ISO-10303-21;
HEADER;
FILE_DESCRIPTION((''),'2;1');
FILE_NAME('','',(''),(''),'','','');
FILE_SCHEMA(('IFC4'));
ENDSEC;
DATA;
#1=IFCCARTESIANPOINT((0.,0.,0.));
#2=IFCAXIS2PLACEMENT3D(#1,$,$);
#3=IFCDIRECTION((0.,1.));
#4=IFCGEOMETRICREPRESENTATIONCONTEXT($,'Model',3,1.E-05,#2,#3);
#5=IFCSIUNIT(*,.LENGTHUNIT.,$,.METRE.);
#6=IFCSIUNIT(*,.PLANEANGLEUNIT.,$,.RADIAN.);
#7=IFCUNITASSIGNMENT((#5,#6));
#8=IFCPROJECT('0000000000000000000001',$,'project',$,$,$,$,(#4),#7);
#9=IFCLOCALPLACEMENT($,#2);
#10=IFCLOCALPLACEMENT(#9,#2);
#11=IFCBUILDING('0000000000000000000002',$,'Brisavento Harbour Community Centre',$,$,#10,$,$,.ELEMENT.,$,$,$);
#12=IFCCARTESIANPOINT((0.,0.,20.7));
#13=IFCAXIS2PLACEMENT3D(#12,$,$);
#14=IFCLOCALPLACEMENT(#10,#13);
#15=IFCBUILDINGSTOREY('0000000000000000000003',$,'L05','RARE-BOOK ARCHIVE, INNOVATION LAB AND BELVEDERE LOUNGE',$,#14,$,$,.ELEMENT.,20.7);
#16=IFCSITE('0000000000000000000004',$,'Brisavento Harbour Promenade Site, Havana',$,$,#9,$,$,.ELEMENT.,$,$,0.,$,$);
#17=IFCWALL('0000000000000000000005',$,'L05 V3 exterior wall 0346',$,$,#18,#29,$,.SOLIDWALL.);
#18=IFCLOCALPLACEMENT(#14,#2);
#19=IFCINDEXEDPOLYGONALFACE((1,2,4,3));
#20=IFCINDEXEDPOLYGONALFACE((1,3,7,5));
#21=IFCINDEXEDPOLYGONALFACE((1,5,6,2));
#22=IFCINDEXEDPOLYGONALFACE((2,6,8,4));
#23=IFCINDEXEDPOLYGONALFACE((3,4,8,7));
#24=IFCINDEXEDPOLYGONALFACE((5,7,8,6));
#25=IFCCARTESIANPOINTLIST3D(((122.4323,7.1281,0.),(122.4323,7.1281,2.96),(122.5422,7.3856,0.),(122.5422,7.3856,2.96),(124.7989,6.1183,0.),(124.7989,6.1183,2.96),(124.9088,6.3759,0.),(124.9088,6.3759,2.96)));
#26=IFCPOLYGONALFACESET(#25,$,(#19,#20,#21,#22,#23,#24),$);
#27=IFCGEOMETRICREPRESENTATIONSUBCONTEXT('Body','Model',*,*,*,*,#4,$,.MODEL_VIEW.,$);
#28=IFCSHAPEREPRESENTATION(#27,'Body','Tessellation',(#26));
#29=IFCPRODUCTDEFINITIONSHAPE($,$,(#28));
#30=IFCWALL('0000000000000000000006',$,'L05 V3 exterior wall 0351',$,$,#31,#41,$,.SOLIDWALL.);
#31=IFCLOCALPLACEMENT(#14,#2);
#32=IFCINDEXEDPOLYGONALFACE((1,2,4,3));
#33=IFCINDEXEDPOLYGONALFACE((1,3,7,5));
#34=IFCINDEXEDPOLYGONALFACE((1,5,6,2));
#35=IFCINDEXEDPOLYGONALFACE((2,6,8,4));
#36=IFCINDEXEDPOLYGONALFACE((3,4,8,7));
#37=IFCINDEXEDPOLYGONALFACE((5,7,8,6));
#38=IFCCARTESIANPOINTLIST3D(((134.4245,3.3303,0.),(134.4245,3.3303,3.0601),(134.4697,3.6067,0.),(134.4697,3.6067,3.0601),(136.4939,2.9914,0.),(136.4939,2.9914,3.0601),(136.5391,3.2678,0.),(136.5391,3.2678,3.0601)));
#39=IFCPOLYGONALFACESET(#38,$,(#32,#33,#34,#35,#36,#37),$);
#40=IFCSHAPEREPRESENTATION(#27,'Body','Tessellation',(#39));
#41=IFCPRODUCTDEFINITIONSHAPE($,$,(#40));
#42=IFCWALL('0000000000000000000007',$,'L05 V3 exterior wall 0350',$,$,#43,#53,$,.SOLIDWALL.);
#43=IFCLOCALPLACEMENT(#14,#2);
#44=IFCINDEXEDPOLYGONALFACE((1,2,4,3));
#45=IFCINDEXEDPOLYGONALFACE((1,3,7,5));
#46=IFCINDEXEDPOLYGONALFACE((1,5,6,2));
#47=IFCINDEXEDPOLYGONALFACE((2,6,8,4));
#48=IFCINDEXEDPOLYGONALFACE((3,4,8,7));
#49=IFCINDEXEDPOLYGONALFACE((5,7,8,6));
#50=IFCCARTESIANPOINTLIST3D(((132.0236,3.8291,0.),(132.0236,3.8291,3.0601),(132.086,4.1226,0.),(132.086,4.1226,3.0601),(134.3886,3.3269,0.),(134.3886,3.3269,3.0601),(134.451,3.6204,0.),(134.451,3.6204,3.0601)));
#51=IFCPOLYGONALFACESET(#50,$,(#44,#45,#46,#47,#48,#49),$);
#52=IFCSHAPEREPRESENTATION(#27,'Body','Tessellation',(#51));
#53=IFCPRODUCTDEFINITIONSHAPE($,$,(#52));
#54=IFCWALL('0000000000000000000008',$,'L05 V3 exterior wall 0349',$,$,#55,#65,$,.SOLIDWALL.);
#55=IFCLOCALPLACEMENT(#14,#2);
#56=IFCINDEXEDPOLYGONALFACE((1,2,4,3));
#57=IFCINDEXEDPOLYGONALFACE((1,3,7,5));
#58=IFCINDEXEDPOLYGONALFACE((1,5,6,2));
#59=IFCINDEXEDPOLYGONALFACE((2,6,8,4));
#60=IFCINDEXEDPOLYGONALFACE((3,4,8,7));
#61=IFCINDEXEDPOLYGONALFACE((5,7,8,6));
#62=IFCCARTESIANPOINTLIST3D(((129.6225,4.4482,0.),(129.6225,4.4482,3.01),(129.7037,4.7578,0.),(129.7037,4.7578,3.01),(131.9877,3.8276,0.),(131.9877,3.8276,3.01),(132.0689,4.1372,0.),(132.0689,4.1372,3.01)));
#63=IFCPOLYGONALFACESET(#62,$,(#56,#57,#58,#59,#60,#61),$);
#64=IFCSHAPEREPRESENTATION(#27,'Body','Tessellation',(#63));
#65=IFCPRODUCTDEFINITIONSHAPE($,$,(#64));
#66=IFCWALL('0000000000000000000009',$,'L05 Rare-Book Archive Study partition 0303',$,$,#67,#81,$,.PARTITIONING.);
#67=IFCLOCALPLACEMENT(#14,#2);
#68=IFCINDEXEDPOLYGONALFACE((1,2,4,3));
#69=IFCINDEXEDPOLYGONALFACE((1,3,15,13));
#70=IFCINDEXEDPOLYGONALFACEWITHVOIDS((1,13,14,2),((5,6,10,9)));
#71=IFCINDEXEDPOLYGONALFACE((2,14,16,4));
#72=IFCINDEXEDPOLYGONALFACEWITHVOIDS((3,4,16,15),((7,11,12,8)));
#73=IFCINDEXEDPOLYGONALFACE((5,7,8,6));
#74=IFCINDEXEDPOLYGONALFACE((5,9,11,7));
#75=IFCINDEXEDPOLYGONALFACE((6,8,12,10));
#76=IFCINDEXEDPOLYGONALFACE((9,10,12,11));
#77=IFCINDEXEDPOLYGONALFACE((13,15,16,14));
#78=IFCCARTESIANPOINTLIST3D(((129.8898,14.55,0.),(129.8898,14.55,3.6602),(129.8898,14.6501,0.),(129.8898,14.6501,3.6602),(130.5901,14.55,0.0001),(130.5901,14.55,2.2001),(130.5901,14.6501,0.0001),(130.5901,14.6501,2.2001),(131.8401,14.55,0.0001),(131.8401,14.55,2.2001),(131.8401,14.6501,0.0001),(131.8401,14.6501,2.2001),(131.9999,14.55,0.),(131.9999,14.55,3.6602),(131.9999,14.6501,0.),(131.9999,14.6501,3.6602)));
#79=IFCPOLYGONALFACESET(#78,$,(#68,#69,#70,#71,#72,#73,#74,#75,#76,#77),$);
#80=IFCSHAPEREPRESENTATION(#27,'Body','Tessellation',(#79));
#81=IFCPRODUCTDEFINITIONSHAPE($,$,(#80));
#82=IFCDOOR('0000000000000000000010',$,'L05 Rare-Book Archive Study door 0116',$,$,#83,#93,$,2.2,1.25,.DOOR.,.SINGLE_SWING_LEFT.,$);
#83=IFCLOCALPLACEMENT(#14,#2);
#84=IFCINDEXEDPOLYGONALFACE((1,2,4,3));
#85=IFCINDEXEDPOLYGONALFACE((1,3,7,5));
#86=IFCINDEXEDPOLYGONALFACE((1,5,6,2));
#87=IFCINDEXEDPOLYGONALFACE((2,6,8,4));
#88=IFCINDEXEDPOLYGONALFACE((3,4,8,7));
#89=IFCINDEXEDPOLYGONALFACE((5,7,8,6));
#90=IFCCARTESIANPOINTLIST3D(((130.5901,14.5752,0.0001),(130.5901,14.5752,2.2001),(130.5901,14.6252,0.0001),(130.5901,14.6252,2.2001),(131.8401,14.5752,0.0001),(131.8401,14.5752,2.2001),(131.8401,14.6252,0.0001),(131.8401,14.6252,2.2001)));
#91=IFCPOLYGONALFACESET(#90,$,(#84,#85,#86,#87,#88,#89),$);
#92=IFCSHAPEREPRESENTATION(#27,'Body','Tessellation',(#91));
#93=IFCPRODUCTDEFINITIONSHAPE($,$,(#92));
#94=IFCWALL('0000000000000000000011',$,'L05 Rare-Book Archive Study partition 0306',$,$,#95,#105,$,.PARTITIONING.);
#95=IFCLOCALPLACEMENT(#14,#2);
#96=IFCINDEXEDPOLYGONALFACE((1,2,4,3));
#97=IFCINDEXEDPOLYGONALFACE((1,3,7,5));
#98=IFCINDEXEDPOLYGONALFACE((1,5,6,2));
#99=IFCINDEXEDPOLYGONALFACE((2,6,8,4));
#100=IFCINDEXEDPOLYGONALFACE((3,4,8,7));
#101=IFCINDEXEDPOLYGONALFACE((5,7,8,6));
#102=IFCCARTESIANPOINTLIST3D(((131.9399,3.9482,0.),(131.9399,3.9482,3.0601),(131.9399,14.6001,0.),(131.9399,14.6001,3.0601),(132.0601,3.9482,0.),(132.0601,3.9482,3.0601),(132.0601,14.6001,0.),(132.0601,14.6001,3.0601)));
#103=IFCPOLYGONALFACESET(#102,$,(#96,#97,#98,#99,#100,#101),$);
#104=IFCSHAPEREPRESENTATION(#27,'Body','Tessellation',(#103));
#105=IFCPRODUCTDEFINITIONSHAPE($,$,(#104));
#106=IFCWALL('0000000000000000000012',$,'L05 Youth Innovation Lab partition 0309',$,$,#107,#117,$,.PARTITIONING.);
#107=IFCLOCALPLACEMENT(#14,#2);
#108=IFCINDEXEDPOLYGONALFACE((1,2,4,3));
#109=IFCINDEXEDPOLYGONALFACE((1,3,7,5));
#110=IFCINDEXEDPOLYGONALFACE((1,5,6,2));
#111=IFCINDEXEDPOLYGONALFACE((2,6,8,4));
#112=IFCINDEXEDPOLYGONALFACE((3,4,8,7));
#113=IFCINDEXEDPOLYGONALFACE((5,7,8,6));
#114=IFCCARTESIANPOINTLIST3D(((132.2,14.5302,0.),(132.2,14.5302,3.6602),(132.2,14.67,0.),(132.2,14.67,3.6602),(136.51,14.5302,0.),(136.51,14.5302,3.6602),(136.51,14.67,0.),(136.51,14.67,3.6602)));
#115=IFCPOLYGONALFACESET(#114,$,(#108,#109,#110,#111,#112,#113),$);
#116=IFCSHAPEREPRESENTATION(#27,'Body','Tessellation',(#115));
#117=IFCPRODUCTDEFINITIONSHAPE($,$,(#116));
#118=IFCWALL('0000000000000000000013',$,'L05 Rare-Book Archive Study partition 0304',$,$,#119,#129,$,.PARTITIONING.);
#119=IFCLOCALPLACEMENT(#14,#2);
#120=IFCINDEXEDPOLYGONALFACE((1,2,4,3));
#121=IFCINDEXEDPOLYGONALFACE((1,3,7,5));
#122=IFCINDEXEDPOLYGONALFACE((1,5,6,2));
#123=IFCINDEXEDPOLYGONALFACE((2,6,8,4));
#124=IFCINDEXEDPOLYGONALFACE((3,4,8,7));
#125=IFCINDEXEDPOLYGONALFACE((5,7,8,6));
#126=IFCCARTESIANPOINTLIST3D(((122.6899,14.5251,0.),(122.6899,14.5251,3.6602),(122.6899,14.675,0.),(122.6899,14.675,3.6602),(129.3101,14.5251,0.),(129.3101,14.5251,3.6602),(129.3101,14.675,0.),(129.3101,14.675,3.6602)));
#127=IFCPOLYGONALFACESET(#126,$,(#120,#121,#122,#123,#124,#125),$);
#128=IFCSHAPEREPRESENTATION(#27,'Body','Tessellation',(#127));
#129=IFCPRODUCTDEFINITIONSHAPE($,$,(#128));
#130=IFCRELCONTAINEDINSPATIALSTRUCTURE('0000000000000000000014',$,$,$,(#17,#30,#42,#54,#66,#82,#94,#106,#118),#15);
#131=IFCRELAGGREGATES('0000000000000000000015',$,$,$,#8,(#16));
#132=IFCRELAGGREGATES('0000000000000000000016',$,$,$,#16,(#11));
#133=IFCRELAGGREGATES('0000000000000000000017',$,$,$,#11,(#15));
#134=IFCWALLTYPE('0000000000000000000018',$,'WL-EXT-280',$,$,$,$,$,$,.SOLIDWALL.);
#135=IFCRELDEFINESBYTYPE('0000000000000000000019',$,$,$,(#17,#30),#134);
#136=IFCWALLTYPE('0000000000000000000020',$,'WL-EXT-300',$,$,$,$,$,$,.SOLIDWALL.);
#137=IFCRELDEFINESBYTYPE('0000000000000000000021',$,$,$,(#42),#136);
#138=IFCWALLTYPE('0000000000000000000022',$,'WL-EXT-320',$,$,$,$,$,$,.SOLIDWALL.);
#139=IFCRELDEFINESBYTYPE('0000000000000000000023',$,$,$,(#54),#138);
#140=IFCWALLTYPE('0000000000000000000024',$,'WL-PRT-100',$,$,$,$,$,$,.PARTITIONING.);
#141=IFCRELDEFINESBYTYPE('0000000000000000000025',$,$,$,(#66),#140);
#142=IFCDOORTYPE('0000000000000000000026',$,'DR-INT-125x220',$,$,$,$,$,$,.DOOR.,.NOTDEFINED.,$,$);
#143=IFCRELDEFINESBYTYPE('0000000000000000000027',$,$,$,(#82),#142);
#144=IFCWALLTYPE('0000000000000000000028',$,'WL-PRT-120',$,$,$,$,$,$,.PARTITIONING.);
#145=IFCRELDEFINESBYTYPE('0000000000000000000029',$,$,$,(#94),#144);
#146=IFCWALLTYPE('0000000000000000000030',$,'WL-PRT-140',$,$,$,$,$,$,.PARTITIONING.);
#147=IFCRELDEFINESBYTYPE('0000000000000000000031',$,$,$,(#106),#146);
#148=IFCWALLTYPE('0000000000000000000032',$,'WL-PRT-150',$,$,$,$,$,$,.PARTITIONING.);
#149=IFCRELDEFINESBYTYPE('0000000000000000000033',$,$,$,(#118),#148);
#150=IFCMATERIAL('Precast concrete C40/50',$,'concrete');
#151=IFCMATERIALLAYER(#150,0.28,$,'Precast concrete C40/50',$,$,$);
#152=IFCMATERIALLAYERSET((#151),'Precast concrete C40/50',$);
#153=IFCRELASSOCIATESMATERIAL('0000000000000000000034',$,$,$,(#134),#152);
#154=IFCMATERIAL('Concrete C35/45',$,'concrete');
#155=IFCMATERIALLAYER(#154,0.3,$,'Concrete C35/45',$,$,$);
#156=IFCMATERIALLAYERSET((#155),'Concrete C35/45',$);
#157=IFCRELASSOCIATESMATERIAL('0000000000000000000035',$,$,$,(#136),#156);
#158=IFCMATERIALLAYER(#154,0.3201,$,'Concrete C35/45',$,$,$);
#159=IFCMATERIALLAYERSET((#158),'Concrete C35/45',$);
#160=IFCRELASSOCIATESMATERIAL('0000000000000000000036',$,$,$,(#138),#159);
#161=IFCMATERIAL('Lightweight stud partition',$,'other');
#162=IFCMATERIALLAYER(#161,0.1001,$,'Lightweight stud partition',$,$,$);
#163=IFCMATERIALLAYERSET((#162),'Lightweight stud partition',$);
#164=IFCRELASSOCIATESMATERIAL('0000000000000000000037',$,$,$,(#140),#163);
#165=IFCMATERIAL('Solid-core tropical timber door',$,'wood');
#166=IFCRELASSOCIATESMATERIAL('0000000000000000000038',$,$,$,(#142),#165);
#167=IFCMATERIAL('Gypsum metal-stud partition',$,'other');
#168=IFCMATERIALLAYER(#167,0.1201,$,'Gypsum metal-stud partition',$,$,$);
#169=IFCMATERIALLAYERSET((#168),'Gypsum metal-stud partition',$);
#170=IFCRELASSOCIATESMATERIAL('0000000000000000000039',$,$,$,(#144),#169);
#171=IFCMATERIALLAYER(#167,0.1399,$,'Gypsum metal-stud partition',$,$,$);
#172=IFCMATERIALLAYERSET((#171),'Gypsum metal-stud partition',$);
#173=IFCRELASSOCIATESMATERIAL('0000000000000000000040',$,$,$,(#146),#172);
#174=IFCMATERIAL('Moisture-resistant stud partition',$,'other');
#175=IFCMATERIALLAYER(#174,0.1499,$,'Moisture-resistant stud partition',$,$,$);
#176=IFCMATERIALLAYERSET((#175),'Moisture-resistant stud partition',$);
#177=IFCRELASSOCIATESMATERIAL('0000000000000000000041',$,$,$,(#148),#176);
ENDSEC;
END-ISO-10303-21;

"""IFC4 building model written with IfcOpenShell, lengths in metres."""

from ifc_helpers import new_model, si_unit, direction, frame, frame_2d, origin, place, context, subcontext, project, spatial, rectangle, extrude, material, layer, layer_set, type_object, element, fill, save


model = new_model("IFC4")

# Units and contexts
model_context = context("Model", 3, precision=1e-05, world=origin(), true_north=direction((0.0, 1.0)))
body_context = subcontext(model_context, "Body", "Model", "MODEL_VIEW")
ifc_project = project(units=[si_unit("LENGTHUNIT", "METRE"), si_unit("PLANEANGLEUNIT", "RADIAN")], contexts=[model_context])

# Site, building, storey
site_placement = place(None, origin())
site = spatial("IfcSite", under=ifc_project, at=site_placement, Name="Brisavento Harbour Promenade Site, Havana", CompositionType="ELEMENT", RefElevation=0.0)
building_placement = place(site_placement, origin())
building = spatial("IfcBuilding", under=site, at=building_placement, Name="Brisavento Harbour Community Centre", CompositionType="ELEMENT")
storey_placement = place(building_placement, frame((0.0, 0.0, 20.7)))
storey = spatial("IfcBuildingStorey", under=building, at=storey_placement, Name="L05", Description="RARE-BOOK ARCHIVE, INNOVATION LAB AND BELVEDERE LOUNGE", CompositionType="ELEMENT", Elevation=20.7)

# Shared definitions
ifc_material_1 = material(Name="Concrete C35/45", Category="concrete")

# Walls
ifc_material_2 = material(Name="Precast concrete C40/50", Category="concrete")
ifc_layer_1 = layer(ifc_material_2, 0.28, Name="Precast concrete C40/50")
ifc_layer_set_1 = layer_set([ifc_layer_1], Name="Precast concrete C40/50")
wall_type_1 = type_object("IfcWallType", Name="WL-EXT-280", PredefinedType="SOLIDWALL", material=ifc_layer_set_1)
wall_1_placement = place(storey_placement, frame((124.854, 6.2471, 0.0), z_axis=(0.0, 0.0, 1.0), x_axis=(-0.919782, 0.39243, 0.0)))
element("IfcWall", 1, at=wall_1_placement, inside=storey, type_object=wall_type_1, Name="L05 V3 exterior wall 0346", PredefinedType="SOLIDWALL", context=body_context, shape_type="SweptSolid", body=[
    extrude(rectangle(XDim=2.573, YDim=0.28, at=frame_2d((1.2866, 0.0))), origin(), (0.0, 0.0, 1.0), 2.96),
])
wall_2_placement = place(storey_placement, frame((136.5164, 3.1296, 0.0), z_axis=(0.0, 0.0, 1.0), x_axis=(-0.986856, 0.161604, 0.0)))
element("IfcWall", 2, at=wall_2_placement, inside=storey, type_object=wall_type_1, Name="L05 V3 exterior wall 0351", PredefinedType="SOLIDWALL", context=body_context, shape_type="SweptSolid", body=[
    extrude(rectangle(XDim=2.0969, YDim=0.28, at=frame_2d((1.0483, 0.0))), origin(), (0.0, 0.0, 1.0), 3.0601),
])
ifc_layer_2 = layer(ifc_material_1, 0.3, Name="Concrete C35/45")
ifc_layer_set_2 = layer_set([ifc_layer_2], Name="Concrete C35/45")
wall_type_2 = type_object("IfcWallType", Name="WL-EXT-300", PredefinedType="SOLIDWALL", material=ifc_layer_set_2)
wall_3_placement = place(storey_placement, frame((134.4199, 3.4736, 0.0), z_axis=(0.0, 0.0, 1.0), x_axis=(-0.978189, 0.207715, 0.0)))
element("IfcWall", 3, at=wall_3_placement, inside=storey, type_object=wall_type_2, Name="L05 V3 exterior wall 0350", PredefinedType="SOLIDWALL", context=body_context, shape_type="SweptSolid", body=[
    extrude(rectangle(XDim=2.4177, YDim=0.3, at=frame_2d((1.209, 0.0))), origin(), (0.0, 0.0, 1.0), 3.0601),
])
ifc_layer_3 = layer(ifc_material_1, 0.3201, Name="Concrete C35/45")
ifc_layer_set_3 = layer_set([ifc_layer_3], Name="Concrete C35/45")
wall_type_3 = type_object("IfcWallType", Name="WL-EXT-320", PredefinedType="SOLIDWALL", material=ifc_layer_set_3)
wall_4_placement = place(storey_placement, frame((132.0283, 3.9824, 0.0), z_axis=(0.0, 0.0, 1.0), x_axis=(-0.967258, 0.253795, 0.0)))
element("IfcWall", 4, at=wall_4_placement, inside=storey, type_object=wall_type_3, Name="L05 V3 exterior wall 0349", PredefinedType="SOLIDWALL", context=body_context, shape_type="SweptSolid", body=[
    extrude(rectangle(XDim=2.4453, YDim=0.3201, at=frame_2d((1.2227, 0.0))), origin(), (0.0, 0.0, 1.0), 3.01),
])

# Wall, opening, door
ifc_material_3 = material(Name="Lightweight stud partition", Category="other")
ifc_layer_4 = layer(ifc_material_3, 0.1001, Name="Lightweight stud partition")
ifc_layer_set_4 = layer_set([ifc_layer_4], Name="Lightweight stud partition")
wall_type_4 = type_object("IfcWallType", Name="WL-PRT-100", PredefinedType="PARTITIONING", material=ifc_layer_set_4)
wall_5_placement = place(storey_placement, frame((132.0, 14.6001, 0.0), z_axis=(0.0, 0.0, 1.0), x_axis=(-1.0, 0.0, 0.0)))
wall_5 = element("IfcWall", 5, at=wall_5_placement, inside=storey, type_object=wall_type_4, Name="L05 Rare-Book Archive Study partition 0303", PredefinedType="PARTITIONING", context=body_context, shape_type="SweptSolid", body=[
    extrude(rectangle(XDim=2.1101, YDim=0.1001, at=frame_2d((1.0552, 0.0))), origin(), (0.0, 0.0, 1.0), 3.6602),
])
opening_placement = place(wall_5_placement, frame((0.1599, 0.0, 0.0)))
opening = element("IfcOpeningElement", 6, at=opening_placement, cuts=wall_5, PredefinedType="OPENING", context=body_context, shape_type="SweptSolid", body=[
    extrude(rectangle(XDim=1.25, YDim=2.2, at=frame_2d((0.625, 1.1001))), frame((0.0, 0.0601, 0.0), z_axis=(0.0, -1.0, 0.0), x_axis=(1.0, 0.0, 0.0)), (0.0, 0.0, 1.0), 0.1201),
])
ifc_material_4 = material(Name="Solid-core tropical timber door", Category="wood")
door_type = type_object("IfcDoorType", Name="DR-INT-125x220", OperationType="NOTDEFINED", PredefinedType="DOOR", material=ifc_material_4)
door_placement = place(opening_placement, origin())
door = element("IfcDoor", 7, at=door_placement, inside=storey, type_object=door_type, Name="L05 Rare-Book Archive Study door 0116", OperationType="SINGLE_SWING_LEFT", OverallHeight=2.2, OverallWidth=1.25, PredefinedType="DOOR", context=body_context, shape_type="SweptSolid", body=[
    extrude(rectangle(XDim=1.25, YDim=2.2, at=frame_2d((0.625, 1.1001))), frame((0.0, 0.0249, 0.0), z_axis=(0.0, -1.0, 0.0), x_axis=(1.0, 0.0, 0.0)), (0.0, 0.0, 1.0), 0.05),
])
fill(opening, door)

# Walls
ifc_material_5 = material(Name="Gypsum metal-stud partition", Category="other")
ifc_layer_5 = layer(ifc_material_5, 0.1201, Name="Gypsum metal-stud partition")
ifc_layer_set_5 = layer_set([ifc_layer_5], Name="Gypsum metal-stud partition")
wall_type_5 = type_object("IfcWallType", Name="WL-PRT-120", PredefinedType="PARTITIONING", material=ifc_layer_set_5)
wall_6_placement = place(storey_placement, frame((132.0, 3.9482, 0.0), z_axis=(0.0, 0.0, 1.0), x_axis=(0.0, 1.0, 0.0)))
element("IfcWall", 8, at=wall_6_placement, inside=storey, type_object=wall_type_5, Name="L05 Rare-Book Archive Study partition 0306", PredefinedType="PARTITIONING", context=body_context, shape_type="SweptSolid", body=[
    extrude(rectangle(XDim=10.6519, YDim=0.1201, at=frame_2d((5.3259, 0.0))), origin(), (0.0, 0.0, 1.0), 3.0601),
])
ifc_layer_6 = layer(ifc_material_5, 0.1399, Name="Gypsum metal-stud partition")
ifc_layer_set_6 = layer_set([ifc_layer_6], Name="Gypsum metal-stud partition")
wall_type_6 = type_object("IfcWallType", Name="WL-PRT-140", PredefinedType="PARTITIONING", material=ifc_layer_set_6)
wall_7_placement = place(storey_placement, frame((136.51, 14.6001, 0.0), z_axis=(0.0, 0.0, 1.0), x_axis=(-1.0, 0.0, 0.0)))
element("IfcWall", 9, at=wall_7_placement, inside=storey, type_object=wall_type_6, Name="L05 Youth Innovation Lab partition 0309", PredefinedType="PARTITIONING", context=body_context, shape_type="SweptSolid", body=[
    extrude(rectangle(XDim=4.3101, YDim=0.1399, at=frame_2d((2.155, 0.0))), origin(), (0.0, 0.0, 1.0), 3.6602),
])
ifc_material_6 = material(Name="Moisture-resistant stud partition", Category="other")
ifc_layer_7 = layer(ifc_material_6, 0.1499, Name="Moisture-resistant stud partition")
ifc_layer_set_7 = layer_set([ifc_layer_7], Name="Moisture-resistant stud partition")
wall_type_7 = type_object("IfcWallType", Name="WL-PRT-150", PredefinedType="PARTITIONING", material=ifc_layer_set_7)
wall_8_placement = place(storey_placement, frame((129.3101, 14.6001, 0.0), z_axis=(0.0, 0.0, 1.0), x_axis=(-1.0, 0.0, 0.0)))
element("IfcWall", 10, at=wall_8_placement, inside=storey, type_object=wall_type_7, Name="L05 Rare-Book Archive Study partition 0304", PredefinedType="PARTITIONING", context=body_context, shape_type="SweptSolid", body=[
    extrude(rectangle(XDim=6.6201, YDim=0.1499, at=frame_2d((3.3101, 0.0))), origin(), (0.0, 0.0, 1.0), 3.6602),
])

save(model, "model.ifc")
